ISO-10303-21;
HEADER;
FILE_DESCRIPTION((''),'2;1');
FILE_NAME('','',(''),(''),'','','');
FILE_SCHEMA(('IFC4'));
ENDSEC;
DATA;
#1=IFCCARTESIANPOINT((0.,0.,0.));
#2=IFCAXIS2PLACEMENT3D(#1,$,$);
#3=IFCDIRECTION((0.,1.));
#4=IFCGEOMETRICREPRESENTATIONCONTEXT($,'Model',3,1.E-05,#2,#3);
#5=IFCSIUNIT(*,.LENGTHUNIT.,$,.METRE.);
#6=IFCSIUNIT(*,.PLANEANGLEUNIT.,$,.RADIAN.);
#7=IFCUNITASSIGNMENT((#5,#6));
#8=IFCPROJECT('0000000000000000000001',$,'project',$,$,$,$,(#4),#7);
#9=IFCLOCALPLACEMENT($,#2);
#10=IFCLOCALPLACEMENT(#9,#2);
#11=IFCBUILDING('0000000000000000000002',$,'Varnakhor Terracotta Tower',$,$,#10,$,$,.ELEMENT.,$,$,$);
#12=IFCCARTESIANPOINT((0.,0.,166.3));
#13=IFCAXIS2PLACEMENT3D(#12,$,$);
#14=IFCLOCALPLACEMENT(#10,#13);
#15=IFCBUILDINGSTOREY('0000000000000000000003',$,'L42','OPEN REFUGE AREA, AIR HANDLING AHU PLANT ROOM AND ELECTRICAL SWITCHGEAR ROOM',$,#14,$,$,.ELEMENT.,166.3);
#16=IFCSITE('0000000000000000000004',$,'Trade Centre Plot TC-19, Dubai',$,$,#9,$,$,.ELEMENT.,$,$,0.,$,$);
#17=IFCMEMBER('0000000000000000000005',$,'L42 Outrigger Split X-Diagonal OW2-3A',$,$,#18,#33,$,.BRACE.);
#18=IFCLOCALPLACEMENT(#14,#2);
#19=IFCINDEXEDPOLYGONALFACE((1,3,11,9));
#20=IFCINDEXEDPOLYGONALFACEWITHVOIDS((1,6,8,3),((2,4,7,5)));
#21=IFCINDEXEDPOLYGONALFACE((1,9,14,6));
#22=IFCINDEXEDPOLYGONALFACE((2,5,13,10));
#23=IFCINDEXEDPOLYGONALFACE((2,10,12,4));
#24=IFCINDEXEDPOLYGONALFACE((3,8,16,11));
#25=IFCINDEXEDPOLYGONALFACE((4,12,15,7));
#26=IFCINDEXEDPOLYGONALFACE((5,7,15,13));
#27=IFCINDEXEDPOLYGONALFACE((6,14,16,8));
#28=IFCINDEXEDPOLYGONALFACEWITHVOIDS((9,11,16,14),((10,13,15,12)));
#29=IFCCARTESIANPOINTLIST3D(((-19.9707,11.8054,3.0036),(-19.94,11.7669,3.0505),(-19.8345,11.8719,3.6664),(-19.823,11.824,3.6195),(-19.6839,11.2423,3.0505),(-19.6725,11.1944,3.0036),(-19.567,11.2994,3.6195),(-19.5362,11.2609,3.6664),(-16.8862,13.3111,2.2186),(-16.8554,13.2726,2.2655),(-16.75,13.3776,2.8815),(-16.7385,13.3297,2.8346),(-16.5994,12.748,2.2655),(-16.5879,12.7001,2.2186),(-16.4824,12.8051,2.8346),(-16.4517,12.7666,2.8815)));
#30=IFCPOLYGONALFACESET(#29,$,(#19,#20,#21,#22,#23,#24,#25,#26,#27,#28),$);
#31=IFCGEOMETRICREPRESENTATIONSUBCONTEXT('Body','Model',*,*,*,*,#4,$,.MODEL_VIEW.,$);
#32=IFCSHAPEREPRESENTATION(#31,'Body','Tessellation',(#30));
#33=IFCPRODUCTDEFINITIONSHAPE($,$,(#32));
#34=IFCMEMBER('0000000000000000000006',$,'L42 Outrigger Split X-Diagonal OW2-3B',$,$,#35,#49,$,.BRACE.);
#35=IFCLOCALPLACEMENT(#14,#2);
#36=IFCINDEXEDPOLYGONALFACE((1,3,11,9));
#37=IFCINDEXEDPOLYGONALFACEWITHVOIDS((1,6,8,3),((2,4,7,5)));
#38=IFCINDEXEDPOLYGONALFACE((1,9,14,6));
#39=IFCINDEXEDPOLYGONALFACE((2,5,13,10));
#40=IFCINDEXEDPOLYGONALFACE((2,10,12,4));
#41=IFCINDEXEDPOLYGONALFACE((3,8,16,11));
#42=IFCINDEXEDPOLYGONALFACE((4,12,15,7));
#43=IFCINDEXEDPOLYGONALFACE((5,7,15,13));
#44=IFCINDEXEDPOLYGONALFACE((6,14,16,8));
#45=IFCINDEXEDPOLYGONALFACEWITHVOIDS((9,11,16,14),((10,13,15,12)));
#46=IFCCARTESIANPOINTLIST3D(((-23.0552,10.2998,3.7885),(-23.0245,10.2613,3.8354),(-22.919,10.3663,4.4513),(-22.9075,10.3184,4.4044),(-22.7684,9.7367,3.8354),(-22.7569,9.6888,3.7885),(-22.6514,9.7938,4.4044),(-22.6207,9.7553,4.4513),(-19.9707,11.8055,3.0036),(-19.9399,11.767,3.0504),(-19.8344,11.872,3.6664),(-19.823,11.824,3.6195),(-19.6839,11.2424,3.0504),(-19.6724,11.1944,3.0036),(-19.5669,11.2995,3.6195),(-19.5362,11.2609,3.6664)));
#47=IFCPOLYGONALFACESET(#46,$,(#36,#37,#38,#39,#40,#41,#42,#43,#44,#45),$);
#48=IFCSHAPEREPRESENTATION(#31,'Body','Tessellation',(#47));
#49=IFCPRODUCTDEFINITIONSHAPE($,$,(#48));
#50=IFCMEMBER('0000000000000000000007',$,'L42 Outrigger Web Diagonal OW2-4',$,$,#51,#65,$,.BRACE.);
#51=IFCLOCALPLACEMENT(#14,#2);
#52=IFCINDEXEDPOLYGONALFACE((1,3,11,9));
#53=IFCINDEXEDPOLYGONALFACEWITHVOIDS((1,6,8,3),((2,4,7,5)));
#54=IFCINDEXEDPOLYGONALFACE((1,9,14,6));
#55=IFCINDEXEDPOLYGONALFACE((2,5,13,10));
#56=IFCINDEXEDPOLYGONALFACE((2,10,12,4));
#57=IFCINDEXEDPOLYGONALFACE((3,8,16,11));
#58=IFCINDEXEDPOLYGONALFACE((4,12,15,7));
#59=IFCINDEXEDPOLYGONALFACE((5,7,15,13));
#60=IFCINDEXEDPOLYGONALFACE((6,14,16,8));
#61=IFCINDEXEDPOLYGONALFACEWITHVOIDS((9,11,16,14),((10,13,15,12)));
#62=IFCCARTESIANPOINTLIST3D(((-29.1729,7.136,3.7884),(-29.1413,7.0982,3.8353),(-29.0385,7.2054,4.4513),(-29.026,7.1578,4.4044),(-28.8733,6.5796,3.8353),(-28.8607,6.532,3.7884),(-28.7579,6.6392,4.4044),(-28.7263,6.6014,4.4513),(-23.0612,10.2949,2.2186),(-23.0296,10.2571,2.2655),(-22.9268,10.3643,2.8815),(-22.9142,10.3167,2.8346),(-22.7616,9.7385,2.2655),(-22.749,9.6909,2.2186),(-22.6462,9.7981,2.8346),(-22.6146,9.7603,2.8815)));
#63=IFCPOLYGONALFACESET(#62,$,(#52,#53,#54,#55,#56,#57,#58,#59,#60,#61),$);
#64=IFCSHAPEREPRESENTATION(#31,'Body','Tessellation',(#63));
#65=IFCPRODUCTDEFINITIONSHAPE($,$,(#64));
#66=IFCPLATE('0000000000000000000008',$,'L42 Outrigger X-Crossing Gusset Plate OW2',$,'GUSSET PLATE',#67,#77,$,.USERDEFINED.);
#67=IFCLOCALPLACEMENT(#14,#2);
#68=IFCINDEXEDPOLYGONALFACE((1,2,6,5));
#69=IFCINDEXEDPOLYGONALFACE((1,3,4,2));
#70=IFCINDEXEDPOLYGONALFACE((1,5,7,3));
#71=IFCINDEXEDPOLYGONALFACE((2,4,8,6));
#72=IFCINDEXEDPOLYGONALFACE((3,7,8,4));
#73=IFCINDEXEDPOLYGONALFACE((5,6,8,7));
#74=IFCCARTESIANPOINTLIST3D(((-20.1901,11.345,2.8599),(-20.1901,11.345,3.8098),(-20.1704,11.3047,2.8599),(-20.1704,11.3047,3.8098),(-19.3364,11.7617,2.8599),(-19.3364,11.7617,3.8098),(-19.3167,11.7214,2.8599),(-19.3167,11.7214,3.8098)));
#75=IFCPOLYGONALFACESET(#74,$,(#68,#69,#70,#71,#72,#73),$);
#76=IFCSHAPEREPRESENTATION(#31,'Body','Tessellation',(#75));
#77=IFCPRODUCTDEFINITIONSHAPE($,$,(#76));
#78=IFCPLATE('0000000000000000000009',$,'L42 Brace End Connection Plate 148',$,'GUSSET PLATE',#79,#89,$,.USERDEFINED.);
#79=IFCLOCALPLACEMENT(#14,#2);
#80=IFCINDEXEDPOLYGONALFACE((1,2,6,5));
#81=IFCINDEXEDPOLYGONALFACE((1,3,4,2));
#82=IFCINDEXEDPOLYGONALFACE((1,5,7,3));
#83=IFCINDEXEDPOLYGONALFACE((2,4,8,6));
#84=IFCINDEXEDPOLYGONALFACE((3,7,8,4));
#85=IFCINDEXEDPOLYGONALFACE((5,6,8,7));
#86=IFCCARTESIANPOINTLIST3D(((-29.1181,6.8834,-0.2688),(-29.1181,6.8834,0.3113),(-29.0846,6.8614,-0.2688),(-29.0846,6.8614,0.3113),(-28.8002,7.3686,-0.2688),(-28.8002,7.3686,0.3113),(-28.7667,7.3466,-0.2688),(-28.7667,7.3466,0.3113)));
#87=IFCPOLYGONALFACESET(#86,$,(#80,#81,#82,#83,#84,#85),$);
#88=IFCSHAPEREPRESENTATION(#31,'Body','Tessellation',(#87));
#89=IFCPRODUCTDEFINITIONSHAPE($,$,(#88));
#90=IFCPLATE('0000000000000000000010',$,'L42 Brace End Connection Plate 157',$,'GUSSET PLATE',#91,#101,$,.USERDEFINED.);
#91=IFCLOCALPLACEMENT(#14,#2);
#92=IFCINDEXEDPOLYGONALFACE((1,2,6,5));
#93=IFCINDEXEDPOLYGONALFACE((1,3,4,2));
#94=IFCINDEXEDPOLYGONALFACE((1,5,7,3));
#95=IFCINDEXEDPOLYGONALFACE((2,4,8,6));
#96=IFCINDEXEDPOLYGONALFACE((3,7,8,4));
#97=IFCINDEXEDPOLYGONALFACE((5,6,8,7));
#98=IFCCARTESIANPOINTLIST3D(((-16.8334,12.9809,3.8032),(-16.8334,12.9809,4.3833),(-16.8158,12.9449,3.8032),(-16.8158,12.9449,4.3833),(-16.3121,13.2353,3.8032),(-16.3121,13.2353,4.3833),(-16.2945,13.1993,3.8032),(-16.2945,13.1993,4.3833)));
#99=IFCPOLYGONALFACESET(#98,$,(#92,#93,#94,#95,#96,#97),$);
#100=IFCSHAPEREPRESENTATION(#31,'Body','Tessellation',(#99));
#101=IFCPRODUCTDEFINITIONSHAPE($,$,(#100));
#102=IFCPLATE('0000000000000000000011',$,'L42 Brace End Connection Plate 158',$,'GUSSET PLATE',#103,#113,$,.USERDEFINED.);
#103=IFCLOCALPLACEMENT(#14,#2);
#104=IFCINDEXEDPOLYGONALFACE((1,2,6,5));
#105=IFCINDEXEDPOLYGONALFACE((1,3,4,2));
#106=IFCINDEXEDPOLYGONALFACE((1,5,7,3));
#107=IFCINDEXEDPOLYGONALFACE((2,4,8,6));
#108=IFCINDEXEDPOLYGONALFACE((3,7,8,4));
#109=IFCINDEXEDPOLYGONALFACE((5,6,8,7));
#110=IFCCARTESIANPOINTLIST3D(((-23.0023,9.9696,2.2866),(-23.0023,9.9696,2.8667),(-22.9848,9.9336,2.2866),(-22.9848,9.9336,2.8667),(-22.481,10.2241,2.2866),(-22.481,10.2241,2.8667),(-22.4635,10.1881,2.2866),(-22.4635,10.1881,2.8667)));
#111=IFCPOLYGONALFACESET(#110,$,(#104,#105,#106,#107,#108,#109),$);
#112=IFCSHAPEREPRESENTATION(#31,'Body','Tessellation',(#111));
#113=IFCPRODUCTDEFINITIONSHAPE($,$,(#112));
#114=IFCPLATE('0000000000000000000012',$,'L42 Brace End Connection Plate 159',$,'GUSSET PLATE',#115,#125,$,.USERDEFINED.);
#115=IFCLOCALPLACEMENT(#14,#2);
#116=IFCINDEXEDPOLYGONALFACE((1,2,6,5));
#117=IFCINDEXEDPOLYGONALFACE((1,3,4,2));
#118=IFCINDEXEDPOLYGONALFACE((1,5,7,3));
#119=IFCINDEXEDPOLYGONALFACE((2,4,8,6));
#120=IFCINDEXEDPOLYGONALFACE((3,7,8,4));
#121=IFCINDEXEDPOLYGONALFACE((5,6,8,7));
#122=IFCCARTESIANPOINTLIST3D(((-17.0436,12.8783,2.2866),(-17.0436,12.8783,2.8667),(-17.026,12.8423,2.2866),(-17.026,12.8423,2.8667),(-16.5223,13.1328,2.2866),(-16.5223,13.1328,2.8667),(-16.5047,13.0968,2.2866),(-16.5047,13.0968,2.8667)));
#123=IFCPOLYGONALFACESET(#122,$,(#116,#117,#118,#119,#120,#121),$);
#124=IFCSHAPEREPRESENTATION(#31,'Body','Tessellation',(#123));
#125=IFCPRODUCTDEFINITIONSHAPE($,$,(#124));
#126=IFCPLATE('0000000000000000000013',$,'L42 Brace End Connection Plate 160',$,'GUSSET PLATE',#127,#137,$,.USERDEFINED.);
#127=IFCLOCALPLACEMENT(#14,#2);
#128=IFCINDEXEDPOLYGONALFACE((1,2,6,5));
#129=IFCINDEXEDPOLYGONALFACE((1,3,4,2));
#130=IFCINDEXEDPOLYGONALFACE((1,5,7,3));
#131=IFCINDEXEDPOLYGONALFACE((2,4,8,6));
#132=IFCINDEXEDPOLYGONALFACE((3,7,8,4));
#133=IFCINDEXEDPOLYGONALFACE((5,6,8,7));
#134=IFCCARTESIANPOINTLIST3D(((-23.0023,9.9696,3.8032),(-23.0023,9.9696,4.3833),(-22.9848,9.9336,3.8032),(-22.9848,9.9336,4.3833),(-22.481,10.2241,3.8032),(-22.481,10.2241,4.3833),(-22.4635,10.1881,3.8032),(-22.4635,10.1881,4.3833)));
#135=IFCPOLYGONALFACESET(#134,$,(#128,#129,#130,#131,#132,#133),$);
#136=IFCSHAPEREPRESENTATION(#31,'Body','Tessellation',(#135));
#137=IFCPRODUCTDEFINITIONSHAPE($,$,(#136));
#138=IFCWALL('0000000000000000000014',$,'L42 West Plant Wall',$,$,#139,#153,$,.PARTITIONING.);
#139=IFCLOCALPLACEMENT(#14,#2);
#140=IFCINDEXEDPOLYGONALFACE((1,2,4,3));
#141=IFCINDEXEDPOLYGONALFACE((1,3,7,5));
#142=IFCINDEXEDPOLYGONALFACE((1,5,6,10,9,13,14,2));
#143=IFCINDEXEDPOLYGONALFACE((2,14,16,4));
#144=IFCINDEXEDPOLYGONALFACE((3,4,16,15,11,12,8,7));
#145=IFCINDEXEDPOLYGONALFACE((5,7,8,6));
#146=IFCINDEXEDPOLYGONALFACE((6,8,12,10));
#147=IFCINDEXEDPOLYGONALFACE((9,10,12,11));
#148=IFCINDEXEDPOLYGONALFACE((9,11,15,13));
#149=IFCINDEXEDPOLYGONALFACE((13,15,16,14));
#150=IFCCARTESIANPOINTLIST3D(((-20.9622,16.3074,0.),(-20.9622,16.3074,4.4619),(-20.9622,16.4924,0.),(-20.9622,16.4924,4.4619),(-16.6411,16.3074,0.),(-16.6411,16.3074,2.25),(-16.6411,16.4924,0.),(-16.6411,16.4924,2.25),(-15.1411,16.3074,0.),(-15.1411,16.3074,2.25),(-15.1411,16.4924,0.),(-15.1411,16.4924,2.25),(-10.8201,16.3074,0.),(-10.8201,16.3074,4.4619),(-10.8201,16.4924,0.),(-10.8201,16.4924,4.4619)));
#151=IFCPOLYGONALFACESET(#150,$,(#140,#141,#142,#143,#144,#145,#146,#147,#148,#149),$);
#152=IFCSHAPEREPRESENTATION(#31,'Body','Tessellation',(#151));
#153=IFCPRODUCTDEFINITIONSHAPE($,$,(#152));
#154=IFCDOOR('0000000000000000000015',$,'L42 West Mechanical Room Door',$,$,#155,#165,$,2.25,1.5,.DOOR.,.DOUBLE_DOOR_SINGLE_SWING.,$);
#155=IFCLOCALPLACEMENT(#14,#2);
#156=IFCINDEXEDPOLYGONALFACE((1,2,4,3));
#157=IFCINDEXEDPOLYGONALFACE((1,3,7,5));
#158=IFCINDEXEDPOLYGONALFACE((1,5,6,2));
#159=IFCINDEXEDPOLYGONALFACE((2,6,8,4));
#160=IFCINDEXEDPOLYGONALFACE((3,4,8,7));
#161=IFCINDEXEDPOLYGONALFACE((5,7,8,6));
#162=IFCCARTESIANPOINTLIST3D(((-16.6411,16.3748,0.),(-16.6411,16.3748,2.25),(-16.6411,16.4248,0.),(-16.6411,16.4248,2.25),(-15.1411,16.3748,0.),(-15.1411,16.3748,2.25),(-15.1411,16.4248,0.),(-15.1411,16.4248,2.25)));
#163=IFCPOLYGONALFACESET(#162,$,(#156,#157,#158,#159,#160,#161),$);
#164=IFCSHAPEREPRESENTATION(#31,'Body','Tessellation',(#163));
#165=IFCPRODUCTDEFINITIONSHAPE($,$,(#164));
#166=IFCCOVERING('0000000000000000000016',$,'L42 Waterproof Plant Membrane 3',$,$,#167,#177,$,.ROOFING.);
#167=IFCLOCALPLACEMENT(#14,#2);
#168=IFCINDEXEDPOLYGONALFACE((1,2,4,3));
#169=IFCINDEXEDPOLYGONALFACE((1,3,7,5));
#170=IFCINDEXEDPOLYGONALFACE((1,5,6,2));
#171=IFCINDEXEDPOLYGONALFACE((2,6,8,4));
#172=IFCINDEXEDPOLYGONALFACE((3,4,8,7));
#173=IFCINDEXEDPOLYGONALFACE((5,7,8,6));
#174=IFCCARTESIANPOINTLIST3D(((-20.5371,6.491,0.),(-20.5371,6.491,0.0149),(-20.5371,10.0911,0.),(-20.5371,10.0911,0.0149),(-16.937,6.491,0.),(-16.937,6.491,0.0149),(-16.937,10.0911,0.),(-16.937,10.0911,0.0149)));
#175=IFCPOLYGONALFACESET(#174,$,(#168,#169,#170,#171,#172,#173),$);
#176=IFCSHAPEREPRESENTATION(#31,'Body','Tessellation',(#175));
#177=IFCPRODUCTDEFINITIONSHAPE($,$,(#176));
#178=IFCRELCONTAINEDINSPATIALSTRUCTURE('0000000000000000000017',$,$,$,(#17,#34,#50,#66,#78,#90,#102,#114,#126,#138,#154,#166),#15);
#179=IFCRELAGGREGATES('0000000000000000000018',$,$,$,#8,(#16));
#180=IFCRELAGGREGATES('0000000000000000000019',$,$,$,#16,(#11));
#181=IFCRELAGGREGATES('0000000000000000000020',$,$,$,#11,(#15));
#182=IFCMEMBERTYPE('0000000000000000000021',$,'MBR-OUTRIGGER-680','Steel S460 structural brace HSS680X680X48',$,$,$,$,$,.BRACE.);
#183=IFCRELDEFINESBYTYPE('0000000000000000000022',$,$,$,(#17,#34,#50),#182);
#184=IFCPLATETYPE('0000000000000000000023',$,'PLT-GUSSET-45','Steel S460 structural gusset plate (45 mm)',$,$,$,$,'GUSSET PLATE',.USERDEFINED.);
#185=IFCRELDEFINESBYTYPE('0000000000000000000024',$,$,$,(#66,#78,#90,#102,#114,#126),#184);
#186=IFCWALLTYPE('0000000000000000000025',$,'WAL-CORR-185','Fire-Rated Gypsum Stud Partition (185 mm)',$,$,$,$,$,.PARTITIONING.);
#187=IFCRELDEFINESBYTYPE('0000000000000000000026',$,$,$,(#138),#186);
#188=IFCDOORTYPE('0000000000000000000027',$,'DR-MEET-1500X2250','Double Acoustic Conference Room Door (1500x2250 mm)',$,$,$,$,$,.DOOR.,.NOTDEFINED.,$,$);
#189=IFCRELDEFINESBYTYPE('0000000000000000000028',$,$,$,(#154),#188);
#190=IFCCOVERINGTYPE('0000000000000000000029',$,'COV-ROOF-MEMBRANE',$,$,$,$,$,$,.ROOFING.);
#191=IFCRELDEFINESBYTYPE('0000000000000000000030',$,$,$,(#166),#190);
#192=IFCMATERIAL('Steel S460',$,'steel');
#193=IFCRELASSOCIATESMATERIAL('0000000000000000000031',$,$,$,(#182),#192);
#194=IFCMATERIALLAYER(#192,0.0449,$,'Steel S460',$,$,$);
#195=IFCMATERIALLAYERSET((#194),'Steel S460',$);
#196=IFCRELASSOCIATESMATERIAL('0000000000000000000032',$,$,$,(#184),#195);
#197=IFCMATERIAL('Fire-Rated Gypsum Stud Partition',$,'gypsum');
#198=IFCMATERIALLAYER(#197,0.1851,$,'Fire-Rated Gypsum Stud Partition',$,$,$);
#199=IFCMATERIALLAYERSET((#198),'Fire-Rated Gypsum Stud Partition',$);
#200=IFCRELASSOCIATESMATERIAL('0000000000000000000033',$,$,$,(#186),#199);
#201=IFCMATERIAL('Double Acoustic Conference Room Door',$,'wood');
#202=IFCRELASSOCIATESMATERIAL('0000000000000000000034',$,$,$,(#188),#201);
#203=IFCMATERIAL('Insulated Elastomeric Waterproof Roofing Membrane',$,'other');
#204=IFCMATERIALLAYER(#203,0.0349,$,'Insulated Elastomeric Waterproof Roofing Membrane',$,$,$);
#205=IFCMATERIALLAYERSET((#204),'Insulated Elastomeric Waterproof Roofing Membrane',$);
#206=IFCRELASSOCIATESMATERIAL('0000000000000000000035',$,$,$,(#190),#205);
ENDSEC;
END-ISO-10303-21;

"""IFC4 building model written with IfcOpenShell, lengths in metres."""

from ifc_helpers import new_model, si_unit, direction, frame, frame_2d, origin, origin_2d, place, context, subcontext, project, spatial, rectangle, hollow_rectangle, extrude, source, transform, mapped, material, layer, layer_set, material_profile, profile_set, type_object, type_shapes, element, fill, save


model = new_model("IFC4")

# Units and contexts
model_context = context("Model", 3, precision=1e-05, world=origin(), true_north=direction((0.0, 1.0)))
body_context = subcontext(model_context, "Body", "Model", "MODEL_VIEW")
ifc_project = project(units=[si_unit("LENGTHUNIT", "METRE"), si_unit("PLANEANGLEUNIT", "RADIAN")], contexts=[model_context])

# Site, building, storey
site_placement = place(None, origin())
site = spatial("IfcSite", under=ifc_project, at=site_placement, Name="Trade Centre Plot TC-19, Dubai", CompositionType="ELEMENT", RefElevation=0.0)
building_placement = place(site_placement, origin())
building = spatial("IfcBuilding", under=site, at=building_placement, Name="Varnakhor Terracotta Tower", CompositionType="ELEMENT")
storey_placement = place(building_placement, frame((0.0, 0.0, 166.3)))
storey = spatial("IfcBuildingStorey", under=building, at=storey_placement, Name="L42", Description="OPEN REFUGE AREA, AIR HANDLING AHU PLANT ROOM AND ELECTRICAL SWITCHGEAR ROOM", CompositionType="ELEMENT", Elevation=166.3)

# Members
ifc_material_1 = material(Name="Steel S460", Category="steel")
ifc_material_profile_1 = material_profile(ifc_material_1, hollow_rectangle(XDim=0.6799, YDim=0.6799, WallThickness=0.0481, at=origin_2d()), Name="HSS680X680X48")
ifc_profile_set_1 = profile_set([ifc_material_profile_1], Name="Steel S460")
member_type_1 = type_object("IfcMemberType", Name="MBR-OUTRIGGER-680", Description="Steel S460 structural brace HSS680X680X48", PredefinedType="BRACE", material=ifc_profile_set_1)
shared_shape_1 = source(origin(), body_context, "Body", "SweptSolid", [
    extrude(hollow_rectangle(XDim=0.6799, YDim=0.6799, WallThickness=0.0481, at=origin_2d()), origin(), (0.0, 0.0, 1.0), 3.521),
])
for number, where, z_axis, x_axis, name in (
    (1, (-16.6689, 13.0388, 2.55), (-0.87604, -0.427619, 0.222928), (0.438658, -0.898654, 0.0), "L42 Outrigger Split X-Diagonal OW2-3A"),
    (2, (-19.7534, 11.5332, 3.335), (-0.87604, -0.427619, 0.222928), (0.438658, -0.898654, 0.0), "L42 Outrigger Split X-Diagonal OW2-3B"),
):
    element("IfcMember", number, at=place(storey_placement, frame(where, z_axis=z_axis, x_axis=x_axis)), inside=storey, type_object=member_type_1, Name=name, PredefinedType="BRACE", context=body_context, shape_type="MappedRepresentation", body=[
        mapped(shared_shape_1, transform((0.0, 0.0, 0.0), scale=1.0)),
    ])
shared_shape_2 = source(origin(), body_context, "Body", "SweptSolid", [
    extrude(hollow_rectangle(XDim=0.6799, YDim=0.6799, WallThickness=0.0481, at=origin_2d()), origin(), (0.0, 0.0, 1.0), 7.0566),
])
member_1_placement = place(storey_placement, frame((-22.8379, 10.0276, 2.55), z_axis=(-0.866097, -0.447648, 0.222458), x_axis=(0.459154, -0.888357, 0.0)))
element("IfcMember", 3, at=member_1_placement, inside=storey, type_object=member_type_1, Name="L42 Outrigger Web Diagonal OW2-4", PredefinedType="BRACE", context=body_context, shape_type="MappedRepresentation", body=[
    mapped(shared_shape_2, transform((0.0, 0.0, 0.0), scale=1.0)),
])

# Plates
ifc_layer_1 = layer(ifc_material_1, 0.0449, Name="Steel S460")
ifc_layer_set_1 = layer_set([ifc_layer_1], Name="Steel S460")
plate_type = type_object("IfcPlateType", Name="PLT-GUSSET-45", Description="Steel S460 structural gusset plate (45 mm)", ElementType="GUSSET PLATE", PredefinedType="USERDEFINED", material=ifc_layer_set_1)
shared_shape_3 = source(origin(), body_context, "Body", "SweptSolid", [
    extrude(rectangle(XDim=0.95, YDim=0.0449, at=origin_2d()), origin(), (0.0, 0.0, 1.0), 0.95),
])
type_shapes(plate_type, [shared_shape_3])
plate_placement = place(storey_placement, frame((-19.7534, 11.5332, 2.8599), z_axis=(0.0, 0.0, 1.0), x_axis=(-0.898656, -0.438653, 0.0)))
element("IfcPlate", 4, at=plate_placement, inside=storey, type_object=plate_type, Name="L42 Outrigger X-Crossing Gusset Plate OW2", ObjectType="GUSSET PLATE", PredefinedType="USERDEFINED", context=body_context, shape_type="MappedRepresentation", body=[
    mapped(shared_shape_3, transform((0.0, 0.0, 0.0), scale=1.0)),
])
shared_shape_4 = source(origin(), body_context, "Body", "SweptSolid", [
    extrude(rectangle(XDim=0.5801, YDim=0.04, at=origin_2d()), origin(), (0.0, 0.0, 1.0), 0.5801),
])
for number, where, z_axis, x_axis, name in (
    (5, (-28.9424, 7.115, -0.2688), (0.0, 0.0, 1.0), (0.54803, 0.836458, 0.0), "L42 Brace End Connection Plate 148"),
    (6, (-16.564, 13.0901, 3.8032), (0.0, 0.0, 1.0), (-0.898656, -0.438653, 0.0), "L42 Brace End Connection Plate 157"),
    (7, (-22.7329, 10.0789, 2.2866), (0.0, 0.0, 1.0), (-0.898649, -0.438669, 0.0), "L42 Brace End Connection Plate 158"),
    (8, (-16.7742, 12.9875, 2.2866), (0.0, 0.0, 1.0), (-0.898649, -0.438669, 0.0), "L42 Brace End Connection Plate 159"),
    (9, (-22.7329, 10.0789, 3.8032), (0.0, 0.0, 1.0), (-0.898656, -0.438653, 0.0), "L42 Brace End Connection Plate 160"),
):
    element("IfcPlate", number, at=place(storey_placement, frame(where, z_axis=z_axis, x_axis=x_axis)), inside=storey, type_object=plate_type, Name=name, ObjectType="GUSSET PLATE", PredefinedType="USERDEFINED", context=body_context, shape_type="MappedRepresentation", body=[
        mapped(shared_shape_4, transform((0.0, 0.0, 0.0), scale=1.0)),
    ])

# Wall, opening, door
ifc_material_2 = material(Name="Fire-Rated Gypsum Stud Partition", Category="gypsum")
ifc_layer_2 = layer(ifc_material_2, 0.1851, Name="Fire-Rated Gypsum Stud Partition")
ifc_layer_set_2 = layer_set([ifc_layer_2], Name="Fire-Rated Gypsum Stud Partition")
wall_type = type_object("IfcWallType", Name="WAL-CORR-185", Description="Fire-Rated Gypsum Stud Partition (185 mm)", PredefinedType="PARTITIONING", material=ifc_layer_set_2)
wall_placement = place(storey_placement, frame((-20.9622, 16.3999, 0.0), z_axis=(0.0, 0.0, 1.0), x_axis=(1.0, 0.0, 0.0)))
wall = element("IfcWall", 10, at=wall_placement, inside=storey, type_object=wall_type, Name="L42 West Plant Wall", PredefinedType="PARTITIONING", context=body_context, shape_type="SweptSolid", body=[
    extrude(rectangle(XDim=10.1421, YDim=0.1851, at=frame_2d((5.071, 0.0))), origin(), (0.0, 0.0, 1.0), 4.4619),
])
opening_placement = place(wall_placement, frame((4.321, 0.0, 0.0)))
opening = element("IfcOpeningElement", 11, at=opening_placement, cuts=wall, PredefinedType="OPENING", context=body_context, shape_type="SweptSolid", body=[
    extrude(rectangle(XDim=1.5, YDim=2.25, at=frame_2d((0.75, 1.125))), frame((0.0, 0.1025, 0.0), z_axis=(0.0, -1.0, 0.0), x_axis=(1.0, 0.0, 0.0)), (0.0, 0.0, 1.0), 0.2051),
])
ifc_material_3 = material(Name="Double Acoustic Conference Room Door", Category="wood")
door_type = type_object("IfcDoorType", Name="DR-MEET-1500X2250", Description="Double Acoustic Conference Room Door (1500x2250 mm)", OperationType="NOTDEFINED", PredefinedType="DOOR", material=ifc_material_3)
shared_shape_5 = source(origin(), body_context, "Body", "SweptSolid", [
    extrude(rectangle(XDim=1.5, YDim=2.25, at=frame_2d((0.75, 1.125))), frame((0.0, 0.0249, 0.0), z_axis=(0.0, -1.0, 0.0), x_axis=(1.0, 0.0, 0.0)), (0.0, 0.0, 1.0), 0.05),
])
type_shapes(door_type, [shared_shape_5])
door_placement = place(opening_placement, origin())
door = element("IfcDoor", 12, at=door_placement, inside=storey, type_object=door_type, Name="L42 West Mechanical Room Door", OperationType="DOUBLE_DOOR_SINGLE_SWING", OverallHeight=2.25, OverallWidth=1.5, PredefinedType="DOOR", context=body_context, shape_type="MappedRepresentation", body=[
    mapped(shared_shape_5, transform((0.0, 0.0, 0.0), scale=1.0)),
])
fill(opening, door)

# Covering
ifc_material_4 = material(Name="Insulated Elastomeric Waterproof Roofing Membrane", Category="other")
ifc_layer_3 = layer(ifc_material_4, 0.0349, Name="Insulated Elastomeric Waterproof Roofing Membrane")
ifc_layer_set_3 = layer_set([ifc_layer_3], Name="Insulated Elastomeric Waterproof Roofing Membrane")
covering_type = type_object("IfcCoveringType", Name="COV-ROOF-MEMBRANE", PredefinedType="ROOFING", material=ifc_layer_set_3)
shared_shape_6 = source(origin(), body_context, "Body", "SweptSolid", [
    extrude(rectangle(XDim=3.6001, YDim=3.6001, at=origin_2d()), origin(), (0.0, 0.0, 1.0), 0.0149),
])
type_shapes(covering_type, [shared_shape_6])
covering_placement = place(storey_placement, frame((-18.7371, 8.291, 0.0), z_axis=(0.0, 0.0, 1.0), x_axis=(1.0, 0.0, 0.0)))
element("IfcCovering", 13, at=covering_placement, inside=storey, type_object=covering_type, Name="L42 Waterproof Plant Membrane 3", PredefinedType="ROOFING", context=body_context, shape_type="MappedRepresentation", body=[
    mapped(shared_shape_6, transform((0.0, 0.0, 0.0), scale=1.0)),
])

save(model, "model.ifc")
